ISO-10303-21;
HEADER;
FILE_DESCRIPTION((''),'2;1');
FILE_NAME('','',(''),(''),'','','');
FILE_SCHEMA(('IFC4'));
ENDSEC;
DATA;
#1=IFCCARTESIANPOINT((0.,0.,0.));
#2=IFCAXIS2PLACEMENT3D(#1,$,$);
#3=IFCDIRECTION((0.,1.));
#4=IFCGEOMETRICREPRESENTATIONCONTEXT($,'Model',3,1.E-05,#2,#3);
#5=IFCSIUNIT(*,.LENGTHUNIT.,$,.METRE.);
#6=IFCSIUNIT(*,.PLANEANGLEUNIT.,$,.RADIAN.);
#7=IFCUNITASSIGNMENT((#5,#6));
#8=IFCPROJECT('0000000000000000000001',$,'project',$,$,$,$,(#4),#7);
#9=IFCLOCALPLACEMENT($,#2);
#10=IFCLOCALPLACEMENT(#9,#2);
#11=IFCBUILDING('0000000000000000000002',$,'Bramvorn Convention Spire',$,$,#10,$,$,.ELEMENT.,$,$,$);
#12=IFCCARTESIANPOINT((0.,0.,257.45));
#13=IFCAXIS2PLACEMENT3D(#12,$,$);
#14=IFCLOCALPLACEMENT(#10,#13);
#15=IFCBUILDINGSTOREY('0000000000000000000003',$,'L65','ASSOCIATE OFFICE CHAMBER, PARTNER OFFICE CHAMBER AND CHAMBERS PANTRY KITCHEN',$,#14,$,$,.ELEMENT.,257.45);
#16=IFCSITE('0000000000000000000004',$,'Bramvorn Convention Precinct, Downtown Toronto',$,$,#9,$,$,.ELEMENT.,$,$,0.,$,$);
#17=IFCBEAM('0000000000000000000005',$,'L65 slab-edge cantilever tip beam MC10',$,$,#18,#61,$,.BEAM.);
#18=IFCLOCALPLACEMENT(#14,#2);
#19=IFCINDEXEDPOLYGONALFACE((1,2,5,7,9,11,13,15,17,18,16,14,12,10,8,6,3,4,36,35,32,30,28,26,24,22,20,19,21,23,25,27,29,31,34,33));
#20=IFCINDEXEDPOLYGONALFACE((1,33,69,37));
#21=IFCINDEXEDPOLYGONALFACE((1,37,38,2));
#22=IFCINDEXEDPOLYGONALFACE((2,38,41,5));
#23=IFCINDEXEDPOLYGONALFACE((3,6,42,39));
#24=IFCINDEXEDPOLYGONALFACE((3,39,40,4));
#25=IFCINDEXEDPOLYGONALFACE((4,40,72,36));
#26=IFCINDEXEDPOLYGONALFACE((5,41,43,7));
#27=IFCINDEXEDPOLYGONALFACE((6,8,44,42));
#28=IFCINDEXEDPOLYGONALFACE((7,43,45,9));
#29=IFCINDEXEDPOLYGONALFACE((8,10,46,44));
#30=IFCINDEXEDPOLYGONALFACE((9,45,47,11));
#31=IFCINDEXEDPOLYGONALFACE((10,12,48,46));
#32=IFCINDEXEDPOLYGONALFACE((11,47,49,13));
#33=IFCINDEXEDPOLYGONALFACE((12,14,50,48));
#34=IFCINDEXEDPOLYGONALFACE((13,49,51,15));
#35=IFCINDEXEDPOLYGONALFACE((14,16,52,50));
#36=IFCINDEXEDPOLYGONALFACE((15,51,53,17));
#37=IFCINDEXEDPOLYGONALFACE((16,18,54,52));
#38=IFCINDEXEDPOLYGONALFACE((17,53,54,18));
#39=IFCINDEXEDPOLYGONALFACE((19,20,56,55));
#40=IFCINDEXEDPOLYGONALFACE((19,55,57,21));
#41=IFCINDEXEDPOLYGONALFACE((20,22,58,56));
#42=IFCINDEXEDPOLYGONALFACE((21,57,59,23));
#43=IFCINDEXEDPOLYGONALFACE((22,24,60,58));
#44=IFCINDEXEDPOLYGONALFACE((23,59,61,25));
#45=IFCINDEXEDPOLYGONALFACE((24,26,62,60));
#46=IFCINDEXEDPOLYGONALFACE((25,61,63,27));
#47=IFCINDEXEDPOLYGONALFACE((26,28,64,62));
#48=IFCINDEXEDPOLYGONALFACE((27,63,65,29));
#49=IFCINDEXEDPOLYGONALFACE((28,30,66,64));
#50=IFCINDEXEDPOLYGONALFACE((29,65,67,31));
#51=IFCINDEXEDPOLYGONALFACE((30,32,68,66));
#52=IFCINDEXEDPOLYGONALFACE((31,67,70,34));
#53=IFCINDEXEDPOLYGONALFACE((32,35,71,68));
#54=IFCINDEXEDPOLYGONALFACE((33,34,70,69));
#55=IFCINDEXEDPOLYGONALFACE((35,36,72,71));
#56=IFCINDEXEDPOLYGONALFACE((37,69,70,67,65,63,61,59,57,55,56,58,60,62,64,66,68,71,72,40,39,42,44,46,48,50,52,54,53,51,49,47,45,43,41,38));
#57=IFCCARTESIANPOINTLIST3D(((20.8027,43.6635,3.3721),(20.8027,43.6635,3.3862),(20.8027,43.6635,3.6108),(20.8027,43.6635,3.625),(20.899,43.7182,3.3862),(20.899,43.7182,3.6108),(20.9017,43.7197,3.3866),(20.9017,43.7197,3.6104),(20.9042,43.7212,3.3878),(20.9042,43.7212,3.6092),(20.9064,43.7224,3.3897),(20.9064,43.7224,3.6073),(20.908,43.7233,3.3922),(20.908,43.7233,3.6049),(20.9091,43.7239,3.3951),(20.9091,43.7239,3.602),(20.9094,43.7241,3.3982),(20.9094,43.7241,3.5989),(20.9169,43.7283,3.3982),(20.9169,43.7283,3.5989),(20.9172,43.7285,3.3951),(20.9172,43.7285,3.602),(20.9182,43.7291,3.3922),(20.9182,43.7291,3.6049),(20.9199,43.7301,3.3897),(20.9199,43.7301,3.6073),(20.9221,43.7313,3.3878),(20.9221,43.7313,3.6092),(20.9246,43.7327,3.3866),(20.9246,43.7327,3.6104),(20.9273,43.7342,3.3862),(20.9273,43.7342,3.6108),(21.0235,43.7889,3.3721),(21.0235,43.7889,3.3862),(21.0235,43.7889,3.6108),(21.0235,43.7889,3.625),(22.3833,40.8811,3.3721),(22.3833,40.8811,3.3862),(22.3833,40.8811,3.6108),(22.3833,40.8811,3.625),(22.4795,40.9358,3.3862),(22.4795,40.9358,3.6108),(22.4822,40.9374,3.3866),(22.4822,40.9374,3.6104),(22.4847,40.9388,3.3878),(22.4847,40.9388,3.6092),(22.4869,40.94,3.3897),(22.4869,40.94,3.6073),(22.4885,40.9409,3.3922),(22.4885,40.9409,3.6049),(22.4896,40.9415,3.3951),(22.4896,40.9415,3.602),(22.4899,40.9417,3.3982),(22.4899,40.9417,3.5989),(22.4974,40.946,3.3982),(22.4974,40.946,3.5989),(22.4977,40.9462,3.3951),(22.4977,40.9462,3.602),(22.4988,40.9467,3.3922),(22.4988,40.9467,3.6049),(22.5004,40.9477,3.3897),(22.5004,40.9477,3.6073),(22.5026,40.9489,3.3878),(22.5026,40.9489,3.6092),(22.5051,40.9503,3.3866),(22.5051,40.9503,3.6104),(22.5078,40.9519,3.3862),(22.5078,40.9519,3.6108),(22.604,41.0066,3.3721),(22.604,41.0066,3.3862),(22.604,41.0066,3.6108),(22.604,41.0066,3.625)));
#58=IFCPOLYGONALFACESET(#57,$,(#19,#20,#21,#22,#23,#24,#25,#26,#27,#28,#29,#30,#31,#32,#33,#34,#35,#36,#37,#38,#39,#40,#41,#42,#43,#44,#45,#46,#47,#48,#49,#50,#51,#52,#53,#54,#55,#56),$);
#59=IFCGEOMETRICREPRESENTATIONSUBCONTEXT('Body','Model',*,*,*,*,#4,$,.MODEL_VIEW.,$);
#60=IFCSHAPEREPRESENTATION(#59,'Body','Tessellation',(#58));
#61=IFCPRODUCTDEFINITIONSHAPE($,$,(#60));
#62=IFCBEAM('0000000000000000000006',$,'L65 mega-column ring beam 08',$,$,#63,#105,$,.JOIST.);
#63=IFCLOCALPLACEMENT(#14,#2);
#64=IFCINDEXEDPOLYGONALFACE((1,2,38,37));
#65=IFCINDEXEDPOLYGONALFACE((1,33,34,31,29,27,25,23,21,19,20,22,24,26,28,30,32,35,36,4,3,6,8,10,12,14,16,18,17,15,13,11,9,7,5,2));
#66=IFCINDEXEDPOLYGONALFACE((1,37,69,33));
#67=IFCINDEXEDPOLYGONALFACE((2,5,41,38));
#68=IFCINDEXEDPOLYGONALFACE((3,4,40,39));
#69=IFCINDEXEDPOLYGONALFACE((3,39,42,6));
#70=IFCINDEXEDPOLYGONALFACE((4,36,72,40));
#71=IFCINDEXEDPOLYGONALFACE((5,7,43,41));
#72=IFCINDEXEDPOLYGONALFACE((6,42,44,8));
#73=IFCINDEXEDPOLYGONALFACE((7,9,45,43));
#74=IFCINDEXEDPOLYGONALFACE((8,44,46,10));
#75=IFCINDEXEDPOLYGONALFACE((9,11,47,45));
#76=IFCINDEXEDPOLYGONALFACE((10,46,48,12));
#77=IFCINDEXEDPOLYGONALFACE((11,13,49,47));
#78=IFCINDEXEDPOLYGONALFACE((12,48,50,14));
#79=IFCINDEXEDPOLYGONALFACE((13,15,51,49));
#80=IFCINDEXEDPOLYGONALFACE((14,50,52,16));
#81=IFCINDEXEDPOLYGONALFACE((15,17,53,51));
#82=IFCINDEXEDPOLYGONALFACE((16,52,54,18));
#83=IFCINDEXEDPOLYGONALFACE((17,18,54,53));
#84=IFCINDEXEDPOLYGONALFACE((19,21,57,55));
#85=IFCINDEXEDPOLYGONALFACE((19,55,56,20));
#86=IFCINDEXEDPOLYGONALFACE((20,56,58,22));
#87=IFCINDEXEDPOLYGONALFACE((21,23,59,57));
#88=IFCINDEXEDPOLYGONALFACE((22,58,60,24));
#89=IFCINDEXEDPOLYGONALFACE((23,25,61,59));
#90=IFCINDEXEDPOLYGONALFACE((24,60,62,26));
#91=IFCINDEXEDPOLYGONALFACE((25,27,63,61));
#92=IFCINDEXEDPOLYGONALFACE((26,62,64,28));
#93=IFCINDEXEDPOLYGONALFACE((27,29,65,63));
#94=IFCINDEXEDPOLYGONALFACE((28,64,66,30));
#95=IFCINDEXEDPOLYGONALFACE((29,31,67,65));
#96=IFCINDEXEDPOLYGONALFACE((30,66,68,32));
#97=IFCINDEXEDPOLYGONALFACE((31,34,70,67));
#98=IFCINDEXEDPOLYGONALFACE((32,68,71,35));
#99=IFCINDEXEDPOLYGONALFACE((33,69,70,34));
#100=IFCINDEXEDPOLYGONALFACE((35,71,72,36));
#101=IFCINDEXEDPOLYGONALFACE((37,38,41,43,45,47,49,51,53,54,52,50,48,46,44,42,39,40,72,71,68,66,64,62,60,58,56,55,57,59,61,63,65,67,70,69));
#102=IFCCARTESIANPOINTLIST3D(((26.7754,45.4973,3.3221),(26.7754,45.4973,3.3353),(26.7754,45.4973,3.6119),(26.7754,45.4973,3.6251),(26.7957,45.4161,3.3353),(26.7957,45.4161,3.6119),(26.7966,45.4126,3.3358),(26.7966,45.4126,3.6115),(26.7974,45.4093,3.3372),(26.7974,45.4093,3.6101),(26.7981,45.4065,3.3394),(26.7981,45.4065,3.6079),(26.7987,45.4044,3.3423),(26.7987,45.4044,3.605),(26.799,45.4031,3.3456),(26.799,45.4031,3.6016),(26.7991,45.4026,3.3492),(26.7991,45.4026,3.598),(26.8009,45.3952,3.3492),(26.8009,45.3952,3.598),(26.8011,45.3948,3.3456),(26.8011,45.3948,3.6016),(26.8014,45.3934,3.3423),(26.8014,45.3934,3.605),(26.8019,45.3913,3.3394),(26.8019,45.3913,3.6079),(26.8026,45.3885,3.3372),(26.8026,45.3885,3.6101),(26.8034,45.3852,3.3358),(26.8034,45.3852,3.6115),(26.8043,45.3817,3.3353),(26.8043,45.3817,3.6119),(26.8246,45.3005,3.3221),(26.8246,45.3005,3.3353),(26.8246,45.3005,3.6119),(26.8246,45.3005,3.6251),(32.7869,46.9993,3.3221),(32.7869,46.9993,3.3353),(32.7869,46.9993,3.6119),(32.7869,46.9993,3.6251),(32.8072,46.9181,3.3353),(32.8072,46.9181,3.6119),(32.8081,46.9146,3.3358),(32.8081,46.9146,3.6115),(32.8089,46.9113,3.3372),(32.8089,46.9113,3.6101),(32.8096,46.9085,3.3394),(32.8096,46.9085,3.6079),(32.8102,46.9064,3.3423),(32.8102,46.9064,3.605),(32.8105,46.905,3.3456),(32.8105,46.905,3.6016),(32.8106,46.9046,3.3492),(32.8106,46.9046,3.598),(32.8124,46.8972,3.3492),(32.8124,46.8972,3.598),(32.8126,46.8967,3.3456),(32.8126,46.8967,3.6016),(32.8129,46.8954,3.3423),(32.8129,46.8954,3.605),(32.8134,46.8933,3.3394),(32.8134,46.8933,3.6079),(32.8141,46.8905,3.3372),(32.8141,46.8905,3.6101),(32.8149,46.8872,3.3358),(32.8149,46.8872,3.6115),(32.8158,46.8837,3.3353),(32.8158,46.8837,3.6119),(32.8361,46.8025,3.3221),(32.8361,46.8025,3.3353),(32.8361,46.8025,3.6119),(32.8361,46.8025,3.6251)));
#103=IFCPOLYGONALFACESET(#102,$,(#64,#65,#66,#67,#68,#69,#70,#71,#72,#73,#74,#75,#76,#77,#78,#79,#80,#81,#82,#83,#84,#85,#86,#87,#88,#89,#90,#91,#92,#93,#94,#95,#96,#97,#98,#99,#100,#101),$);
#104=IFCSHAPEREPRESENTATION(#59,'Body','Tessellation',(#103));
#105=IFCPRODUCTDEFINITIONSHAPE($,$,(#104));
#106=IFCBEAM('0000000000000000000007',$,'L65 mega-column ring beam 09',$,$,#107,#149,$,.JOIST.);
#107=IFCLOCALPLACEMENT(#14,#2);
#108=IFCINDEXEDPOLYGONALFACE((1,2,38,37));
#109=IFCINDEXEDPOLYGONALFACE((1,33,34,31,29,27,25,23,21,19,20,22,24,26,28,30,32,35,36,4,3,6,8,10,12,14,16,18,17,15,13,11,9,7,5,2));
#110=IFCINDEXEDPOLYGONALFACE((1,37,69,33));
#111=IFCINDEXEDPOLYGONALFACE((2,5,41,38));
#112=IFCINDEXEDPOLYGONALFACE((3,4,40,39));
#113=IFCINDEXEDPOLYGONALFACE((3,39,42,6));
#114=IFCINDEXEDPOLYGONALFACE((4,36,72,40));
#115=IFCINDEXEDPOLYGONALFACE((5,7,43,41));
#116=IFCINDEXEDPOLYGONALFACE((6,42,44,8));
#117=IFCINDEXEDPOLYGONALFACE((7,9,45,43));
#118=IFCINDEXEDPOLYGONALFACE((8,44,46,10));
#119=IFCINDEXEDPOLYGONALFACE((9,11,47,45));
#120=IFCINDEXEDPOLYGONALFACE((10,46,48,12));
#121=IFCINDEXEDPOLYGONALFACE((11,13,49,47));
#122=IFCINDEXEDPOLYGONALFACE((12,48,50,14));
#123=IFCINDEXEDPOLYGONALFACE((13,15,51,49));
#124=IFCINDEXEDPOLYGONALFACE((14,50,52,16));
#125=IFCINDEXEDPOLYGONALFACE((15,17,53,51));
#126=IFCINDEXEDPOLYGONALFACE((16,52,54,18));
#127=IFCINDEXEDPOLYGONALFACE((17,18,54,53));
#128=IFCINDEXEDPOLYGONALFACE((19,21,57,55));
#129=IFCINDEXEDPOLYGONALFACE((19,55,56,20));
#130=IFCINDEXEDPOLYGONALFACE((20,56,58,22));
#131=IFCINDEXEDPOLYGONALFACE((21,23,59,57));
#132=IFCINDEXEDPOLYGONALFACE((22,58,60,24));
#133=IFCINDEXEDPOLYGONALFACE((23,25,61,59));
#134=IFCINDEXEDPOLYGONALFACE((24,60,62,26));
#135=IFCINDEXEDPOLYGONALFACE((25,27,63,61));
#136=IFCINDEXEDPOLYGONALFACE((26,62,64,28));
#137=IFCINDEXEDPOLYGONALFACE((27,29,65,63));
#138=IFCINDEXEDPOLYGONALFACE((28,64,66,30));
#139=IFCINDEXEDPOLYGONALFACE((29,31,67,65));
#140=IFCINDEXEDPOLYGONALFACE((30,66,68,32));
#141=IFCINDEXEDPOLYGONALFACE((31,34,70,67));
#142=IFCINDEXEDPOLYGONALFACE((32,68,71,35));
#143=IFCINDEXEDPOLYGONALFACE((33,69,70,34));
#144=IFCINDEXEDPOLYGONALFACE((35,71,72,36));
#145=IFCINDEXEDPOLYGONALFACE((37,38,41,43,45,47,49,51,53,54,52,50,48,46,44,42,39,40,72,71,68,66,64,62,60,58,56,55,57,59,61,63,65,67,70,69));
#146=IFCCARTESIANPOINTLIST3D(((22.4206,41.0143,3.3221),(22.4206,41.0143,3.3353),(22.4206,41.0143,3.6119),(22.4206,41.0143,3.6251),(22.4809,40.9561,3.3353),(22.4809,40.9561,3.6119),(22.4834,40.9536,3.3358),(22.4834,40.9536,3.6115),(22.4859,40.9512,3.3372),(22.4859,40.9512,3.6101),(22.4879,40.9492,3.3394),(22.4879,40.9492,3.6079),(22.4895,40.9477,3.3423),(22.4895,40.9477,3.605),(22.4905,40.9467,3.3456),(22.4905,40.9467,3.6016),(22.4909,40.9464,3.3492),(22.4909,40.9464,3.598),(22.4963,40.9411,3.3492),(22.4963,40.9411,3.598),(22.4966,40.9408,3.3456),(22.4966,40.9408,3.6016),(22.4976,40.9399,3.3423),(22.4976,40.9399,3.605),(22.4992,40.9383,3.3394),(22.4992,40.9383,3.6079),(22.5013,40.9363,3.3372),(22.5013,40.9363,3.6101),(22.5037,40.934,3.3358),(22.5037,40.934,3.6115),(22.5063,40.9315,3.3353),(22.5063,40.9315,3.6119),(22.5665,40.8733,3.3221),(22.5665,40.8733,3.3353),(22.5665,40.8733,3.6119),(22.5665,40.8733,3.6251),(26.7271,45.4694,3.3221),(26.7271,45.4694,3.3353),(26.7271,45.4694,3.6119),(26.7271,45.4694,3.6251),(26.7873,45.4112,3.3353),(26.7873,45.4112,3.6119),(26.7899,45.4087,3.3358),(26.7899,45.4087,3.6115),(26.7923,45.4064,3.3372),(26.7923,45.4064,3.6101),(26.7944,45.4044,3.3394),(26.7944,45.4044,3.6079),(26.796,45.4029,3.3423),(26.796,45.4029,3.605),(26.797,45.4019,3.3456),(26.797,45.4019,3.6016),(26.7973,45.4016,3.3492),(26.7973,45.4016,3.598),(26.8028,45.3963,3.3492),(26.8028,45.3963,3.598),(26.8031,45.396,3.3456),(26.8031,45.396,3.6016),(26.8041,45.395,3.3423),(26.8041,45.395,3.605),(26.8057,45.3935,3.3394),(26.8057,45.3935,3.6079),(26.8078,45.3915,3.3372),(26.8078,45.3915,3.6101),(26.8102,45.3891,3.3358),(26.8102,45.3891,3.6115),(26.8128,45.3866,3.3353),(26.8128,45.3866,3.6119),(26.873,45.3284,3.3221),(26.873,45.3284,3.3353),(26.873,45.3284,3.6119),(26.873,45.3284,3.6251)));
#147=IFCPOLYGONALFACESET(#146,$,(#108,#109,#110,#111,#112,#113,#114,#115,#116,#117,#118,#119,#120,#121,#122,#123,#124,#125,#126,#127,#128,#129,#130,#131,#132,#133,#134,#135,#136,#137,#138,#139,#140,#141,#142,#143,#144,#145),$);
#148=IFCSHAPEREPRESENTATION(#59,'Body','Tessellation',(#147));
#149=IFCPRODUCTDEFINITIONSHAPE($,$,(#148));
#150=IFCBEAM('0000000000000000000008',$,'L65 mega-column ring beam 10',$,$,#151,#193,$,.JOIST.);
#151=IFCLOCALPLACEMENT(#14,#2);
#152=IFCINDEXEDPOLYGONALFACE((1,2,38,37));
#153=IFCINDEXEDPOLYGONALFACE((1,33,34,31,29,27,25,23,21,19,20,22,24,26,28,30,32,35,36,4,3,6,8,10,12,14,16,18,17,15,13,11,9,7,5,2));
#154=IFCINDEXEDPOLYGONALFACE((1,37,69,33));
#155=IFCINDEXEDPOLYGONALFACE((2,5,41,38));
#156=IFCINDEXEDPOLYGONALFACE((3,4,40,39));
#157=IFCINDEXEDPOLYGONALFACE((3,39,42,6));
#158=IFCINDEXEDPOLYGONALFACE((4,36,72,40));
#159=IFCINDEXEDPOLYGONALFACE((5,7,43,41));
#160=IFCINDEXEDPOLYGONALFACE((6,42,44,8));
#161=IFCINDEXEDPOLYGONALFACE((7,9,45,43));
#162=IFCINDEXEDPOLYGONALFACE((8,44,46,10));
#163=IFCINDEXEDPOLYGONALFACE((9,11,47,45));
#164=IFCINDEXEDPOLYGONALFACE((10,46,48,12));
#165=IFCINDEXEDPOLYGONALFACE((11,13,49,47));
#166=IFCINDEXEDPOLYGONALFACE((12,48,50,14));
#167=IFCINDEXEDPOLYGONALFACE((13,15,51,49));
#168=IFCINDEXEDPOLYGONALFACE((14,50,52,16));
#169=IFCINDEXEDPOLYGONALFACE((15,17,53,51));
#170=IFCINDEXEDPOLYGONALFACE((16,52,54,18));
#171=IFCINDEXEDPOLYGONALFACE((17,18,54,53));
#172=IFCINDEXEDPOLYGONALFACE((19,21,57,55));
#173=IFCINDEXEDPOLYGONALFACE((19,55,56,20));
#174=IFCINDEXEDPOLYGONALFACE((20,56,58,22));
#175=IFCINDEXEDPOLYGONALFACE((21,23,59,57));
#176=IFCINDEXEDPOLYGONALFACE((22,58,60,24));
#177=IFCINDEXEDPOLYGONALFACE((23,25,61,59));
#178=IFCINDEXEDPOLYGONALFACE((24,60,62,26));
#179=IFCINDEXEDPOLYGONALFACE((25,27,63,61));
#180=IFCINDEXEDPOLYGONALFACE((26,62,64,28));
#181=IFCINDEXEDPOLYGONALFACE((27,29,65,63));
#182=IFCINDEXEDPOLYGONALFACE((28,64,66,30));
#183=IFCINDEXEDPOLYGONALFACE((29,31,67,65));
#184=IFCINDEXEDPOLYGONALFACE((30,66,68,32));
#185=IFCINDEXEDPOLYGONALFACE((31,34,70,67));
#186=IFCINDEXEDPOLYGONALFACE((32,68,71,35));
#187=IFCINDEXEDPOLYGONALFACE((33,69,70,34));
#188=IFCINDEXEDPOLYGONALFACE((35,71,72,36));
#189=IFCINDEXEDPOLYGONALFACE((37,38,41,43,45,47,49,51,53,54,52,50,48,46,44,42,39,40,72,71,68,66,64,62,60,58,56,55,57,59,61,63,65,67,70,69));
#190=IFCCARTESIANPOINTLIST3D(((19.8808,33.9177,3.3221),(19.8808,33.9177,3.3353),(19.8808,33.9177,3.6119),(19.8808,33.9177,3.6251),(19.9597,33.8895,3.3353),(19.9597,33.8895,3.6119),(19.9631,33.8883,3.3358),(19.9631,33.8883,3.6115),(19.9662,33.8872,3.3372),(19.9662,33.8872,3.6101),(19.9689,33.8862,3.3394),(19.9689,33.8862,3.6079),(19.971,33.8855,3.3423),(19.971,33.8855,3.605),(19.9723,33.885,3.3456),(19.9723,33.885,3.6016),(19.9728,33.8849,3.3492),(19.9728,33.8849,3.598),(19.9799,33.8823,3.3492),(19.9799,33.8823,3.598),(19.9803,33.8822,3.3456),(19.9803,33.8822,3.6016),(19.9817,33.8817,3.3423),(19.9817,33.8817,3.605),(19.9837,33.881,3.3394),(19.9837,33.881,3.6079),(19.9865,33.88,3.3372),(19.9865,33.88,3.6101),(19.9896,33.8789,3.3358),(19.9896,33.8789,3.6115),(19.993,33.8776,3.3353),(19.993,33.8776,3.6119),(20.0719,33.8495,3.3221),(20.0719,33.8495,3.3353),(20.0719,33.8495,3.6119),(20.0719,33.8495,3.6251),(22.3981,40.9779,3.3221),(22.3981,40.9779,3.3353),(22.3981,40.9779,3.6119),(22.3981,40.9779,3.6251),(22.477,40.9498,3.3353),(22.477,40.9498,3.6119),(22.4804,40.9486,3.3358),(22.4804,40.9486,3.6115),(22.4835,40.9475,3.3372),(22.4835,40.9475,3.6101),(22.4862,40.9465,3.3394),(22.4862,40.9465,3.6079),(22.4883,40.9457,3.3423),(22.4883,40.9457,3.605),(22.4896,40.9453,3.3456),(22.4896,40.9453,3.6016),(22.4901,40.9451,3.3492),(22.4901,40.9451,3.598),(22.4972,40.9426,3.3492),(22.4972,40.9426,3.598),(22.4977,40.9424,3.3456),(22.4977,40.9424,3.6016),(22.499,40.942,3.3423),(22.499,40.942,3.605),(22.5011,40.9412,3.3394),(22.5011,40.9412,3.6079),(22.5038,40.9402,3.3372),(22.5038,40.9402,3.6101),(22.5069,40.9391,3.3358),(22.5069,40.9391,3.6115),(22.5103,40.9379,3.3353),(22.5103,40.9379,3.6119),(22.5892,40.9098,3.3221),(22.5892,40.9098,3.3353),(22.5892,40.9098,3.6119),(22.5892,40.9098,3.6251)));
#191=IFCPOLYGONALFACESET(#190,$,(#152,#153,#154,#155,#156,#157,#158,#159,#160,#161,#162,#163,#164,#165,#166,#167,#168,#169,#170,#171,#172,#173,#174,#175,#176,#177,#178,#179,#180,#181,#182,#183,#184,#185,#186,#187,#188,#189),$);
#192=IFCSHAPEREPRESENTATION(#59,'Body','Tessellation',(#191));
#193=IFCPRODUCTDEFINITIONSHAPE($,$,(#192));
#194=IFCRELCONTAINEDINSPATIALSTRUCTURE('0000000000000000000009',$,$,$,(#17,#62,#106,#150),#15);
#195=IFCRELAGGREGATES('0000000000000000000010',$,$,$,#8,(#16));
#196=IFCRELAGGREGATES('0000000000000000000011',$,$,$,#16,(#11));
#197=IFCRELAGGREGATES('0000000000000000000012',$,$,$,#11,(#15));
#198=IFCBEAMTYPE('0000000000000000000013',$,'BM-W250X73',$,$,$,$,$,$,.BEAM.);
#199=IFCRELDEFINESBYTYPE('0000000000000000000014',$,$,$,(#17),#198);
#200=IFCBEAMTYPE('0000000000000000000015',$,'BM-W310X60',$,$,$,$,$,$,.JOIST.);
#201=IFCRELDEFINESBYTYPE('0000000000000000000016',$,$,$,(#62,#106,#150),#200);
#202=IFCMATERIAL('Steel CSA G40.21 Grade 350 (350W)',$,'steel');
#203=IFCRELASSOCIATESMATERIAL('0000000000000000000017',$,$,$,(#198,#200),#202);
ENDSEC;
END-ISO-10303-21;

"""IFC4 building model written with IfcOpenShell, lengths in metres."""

from ifc_helpers import new_model, si_unit, direction, frame, origin, origin_2d, place, context, subcontext, project, spatial, i_section, extrude, material, material_profile, profile_set, type_object, element, save


model = new_model("IFC4")

# Units and contexts
model_context = context("Model", 3, precision=1e-05, world=origin(), true_north=direction((0.0, 1.0)))
body_context = subcontext(model_context, "Body", "Model", "MODEL_VIEW")
ifc_project = project(units=[si_unit("LENGTHUNIT", "METRE"), si_unit("PLANEANGLEUNIT", "RADIAN")], contexts=[model_context])

# Site, building, storey
site_placement = place(None, origin())
site = spatial("IfcSite", under=ifc_project, at=site_placement, Name="Bramvorn Convention Precinct, Downtown Toronto", CompositionType="ELEMENT", RefElevation=0.0)
building_placement = place(site_placement, origin())
building = spatial("IfcBuilding", under=site, at=building_placement, Name="Bramvorn Convention Spire", CompositionType="ELEMENT")
storey_placement = place(building_placement, frame((0.0, 0.0, 257.45)))
storey = spatial("IfcBuildingStorey", under=building, at=storey_placement, Name="L65", Description="ASSOCIATE OFFICE CHAMBER, PARTNER OFFICE CHAMBER AND CHAMBERS PANTRY KITCHEN", CompositionType="ELEMENT", Elevation=257.45)

# Shared definitions
ifc_material_1 = material(Name="Steel CSA G40.21 Grade 350 (350W)", Category="steel")

# Beams
ifc_material_profile_1 = material_profile(ifc_material_1, i_section(OverallWidth=0.2539, OverallDepth=0.2529, WebThickness=0.0085, FlangeThickness=0.0142, FilletRadius=0.012, at=origin_2d()))
ifc_profile_set_1 = profile_set([ifc_material_profile_1], Name="Steel CSA G40.21 Grade 350 (350W) - W250X73")
beam_type_1 = type_object("IfcBeamType", Name="BM-W250X73", PredefinedType="BEAM", material=ifc_profile_set_1)
beam_1_placement = place(storey_placement, frame((22.4937, 40.9438, 3.4985), z_axis=(-0.493919, 0.869508, 0.0), x_axis=(-0.869508, -0.493919, 0.0)))
element("IfcBeam", 1, at=beam_1_placement, inside=storey, type_object=beam_type_1, Name="L65 slab-edge cantilever tip beam MC10", PredefinedType="BEAM", context=body_context, shape_type="SweptSolid", body=[
    extrude(i_section(OverallWidth=0.2539, OverallDepth=0.2529, WebThickness=0.0085, FlangeThickness=0.0142, FilletRadius=0.012, at=origin_2d()), origin(), (0.0, 0.0, 1.0), 3.2),
])
ifc_material_profile_2 = material_profile(ifc_material_1, i_section(OverallWidth=0.2029, OverallDepth=0.303, WebThickness=0.0076, FlangeThickness=0.0132, FilletRadius=0.0139, at=origin_2d()))
ifc_profile_set_2 = profile_set([ifc_material_profile_2], Name="Steel CSA G40.21 Grade 350 (350W) - W310X60")
beam_type_2 = type_object("IfcBeamType", Name="BM-W310X60", PredefinedType="JOIST", material=ifc_profile_set_2)
for number, where, z_axis, x_axis, name in (
    (2, (32.8115, 46.9009, 3.4736), (-0.970177, -0.242397, 0.0), (0.242397, -0.970177, 0.0), "L65 mega-column ring beam 08"),
    (3, (26.8, 45.3989, 3.4736), (-0.695007, -0.719003, 0.0), (0.719003, -0.695007, 0.0), "L65 mega-column ring beam 09"),
):
    element("IfcBeam", number, at=place(storey_placement, frame(where, z_axis=z_axis, x_axis=x_axis)), inside=storey, type_object=beam_type_2, Name=name, PredefinedType="JOIST", context=body_context, shape_type="SweptSolid", body=[
        extrude(i_section(OverallWidth=0.2029, OverallDepth=0.303, WebThickness=0.0076, FlangeThickness=0.0132, FilletRadius=0.0139, at=origin_2d()), origin(), (0.0, 0.0, 1.0), 6.1963),
    ])
beam_2_placement = place(storey_placement, frame((22.4937, 40.9438, 3.4736), z_axis=(-0.335839, -0.941919, 0.0), x_axis=(0.941919, -0.335839, 0.0)))
element("IfcBeam", 4, at=beam_2_placement, inside=storey, type_object=beam_type_2, Name="L65 mega-column ring beam 10", PredefinedType="JOIST", context=body_context, shape_type="SweptSolid", body=[
    extrude(i_section(OverallWidth=0.2029, OverallDepth=0.303, WebThickness=0.0076, FlangeThickness=0.0132, FilletRadius=0.0139, at=origin_2d()), origin(), (0.0, 0.0, 1.0), 7.4956),
])

save(model, "model.ifc")
